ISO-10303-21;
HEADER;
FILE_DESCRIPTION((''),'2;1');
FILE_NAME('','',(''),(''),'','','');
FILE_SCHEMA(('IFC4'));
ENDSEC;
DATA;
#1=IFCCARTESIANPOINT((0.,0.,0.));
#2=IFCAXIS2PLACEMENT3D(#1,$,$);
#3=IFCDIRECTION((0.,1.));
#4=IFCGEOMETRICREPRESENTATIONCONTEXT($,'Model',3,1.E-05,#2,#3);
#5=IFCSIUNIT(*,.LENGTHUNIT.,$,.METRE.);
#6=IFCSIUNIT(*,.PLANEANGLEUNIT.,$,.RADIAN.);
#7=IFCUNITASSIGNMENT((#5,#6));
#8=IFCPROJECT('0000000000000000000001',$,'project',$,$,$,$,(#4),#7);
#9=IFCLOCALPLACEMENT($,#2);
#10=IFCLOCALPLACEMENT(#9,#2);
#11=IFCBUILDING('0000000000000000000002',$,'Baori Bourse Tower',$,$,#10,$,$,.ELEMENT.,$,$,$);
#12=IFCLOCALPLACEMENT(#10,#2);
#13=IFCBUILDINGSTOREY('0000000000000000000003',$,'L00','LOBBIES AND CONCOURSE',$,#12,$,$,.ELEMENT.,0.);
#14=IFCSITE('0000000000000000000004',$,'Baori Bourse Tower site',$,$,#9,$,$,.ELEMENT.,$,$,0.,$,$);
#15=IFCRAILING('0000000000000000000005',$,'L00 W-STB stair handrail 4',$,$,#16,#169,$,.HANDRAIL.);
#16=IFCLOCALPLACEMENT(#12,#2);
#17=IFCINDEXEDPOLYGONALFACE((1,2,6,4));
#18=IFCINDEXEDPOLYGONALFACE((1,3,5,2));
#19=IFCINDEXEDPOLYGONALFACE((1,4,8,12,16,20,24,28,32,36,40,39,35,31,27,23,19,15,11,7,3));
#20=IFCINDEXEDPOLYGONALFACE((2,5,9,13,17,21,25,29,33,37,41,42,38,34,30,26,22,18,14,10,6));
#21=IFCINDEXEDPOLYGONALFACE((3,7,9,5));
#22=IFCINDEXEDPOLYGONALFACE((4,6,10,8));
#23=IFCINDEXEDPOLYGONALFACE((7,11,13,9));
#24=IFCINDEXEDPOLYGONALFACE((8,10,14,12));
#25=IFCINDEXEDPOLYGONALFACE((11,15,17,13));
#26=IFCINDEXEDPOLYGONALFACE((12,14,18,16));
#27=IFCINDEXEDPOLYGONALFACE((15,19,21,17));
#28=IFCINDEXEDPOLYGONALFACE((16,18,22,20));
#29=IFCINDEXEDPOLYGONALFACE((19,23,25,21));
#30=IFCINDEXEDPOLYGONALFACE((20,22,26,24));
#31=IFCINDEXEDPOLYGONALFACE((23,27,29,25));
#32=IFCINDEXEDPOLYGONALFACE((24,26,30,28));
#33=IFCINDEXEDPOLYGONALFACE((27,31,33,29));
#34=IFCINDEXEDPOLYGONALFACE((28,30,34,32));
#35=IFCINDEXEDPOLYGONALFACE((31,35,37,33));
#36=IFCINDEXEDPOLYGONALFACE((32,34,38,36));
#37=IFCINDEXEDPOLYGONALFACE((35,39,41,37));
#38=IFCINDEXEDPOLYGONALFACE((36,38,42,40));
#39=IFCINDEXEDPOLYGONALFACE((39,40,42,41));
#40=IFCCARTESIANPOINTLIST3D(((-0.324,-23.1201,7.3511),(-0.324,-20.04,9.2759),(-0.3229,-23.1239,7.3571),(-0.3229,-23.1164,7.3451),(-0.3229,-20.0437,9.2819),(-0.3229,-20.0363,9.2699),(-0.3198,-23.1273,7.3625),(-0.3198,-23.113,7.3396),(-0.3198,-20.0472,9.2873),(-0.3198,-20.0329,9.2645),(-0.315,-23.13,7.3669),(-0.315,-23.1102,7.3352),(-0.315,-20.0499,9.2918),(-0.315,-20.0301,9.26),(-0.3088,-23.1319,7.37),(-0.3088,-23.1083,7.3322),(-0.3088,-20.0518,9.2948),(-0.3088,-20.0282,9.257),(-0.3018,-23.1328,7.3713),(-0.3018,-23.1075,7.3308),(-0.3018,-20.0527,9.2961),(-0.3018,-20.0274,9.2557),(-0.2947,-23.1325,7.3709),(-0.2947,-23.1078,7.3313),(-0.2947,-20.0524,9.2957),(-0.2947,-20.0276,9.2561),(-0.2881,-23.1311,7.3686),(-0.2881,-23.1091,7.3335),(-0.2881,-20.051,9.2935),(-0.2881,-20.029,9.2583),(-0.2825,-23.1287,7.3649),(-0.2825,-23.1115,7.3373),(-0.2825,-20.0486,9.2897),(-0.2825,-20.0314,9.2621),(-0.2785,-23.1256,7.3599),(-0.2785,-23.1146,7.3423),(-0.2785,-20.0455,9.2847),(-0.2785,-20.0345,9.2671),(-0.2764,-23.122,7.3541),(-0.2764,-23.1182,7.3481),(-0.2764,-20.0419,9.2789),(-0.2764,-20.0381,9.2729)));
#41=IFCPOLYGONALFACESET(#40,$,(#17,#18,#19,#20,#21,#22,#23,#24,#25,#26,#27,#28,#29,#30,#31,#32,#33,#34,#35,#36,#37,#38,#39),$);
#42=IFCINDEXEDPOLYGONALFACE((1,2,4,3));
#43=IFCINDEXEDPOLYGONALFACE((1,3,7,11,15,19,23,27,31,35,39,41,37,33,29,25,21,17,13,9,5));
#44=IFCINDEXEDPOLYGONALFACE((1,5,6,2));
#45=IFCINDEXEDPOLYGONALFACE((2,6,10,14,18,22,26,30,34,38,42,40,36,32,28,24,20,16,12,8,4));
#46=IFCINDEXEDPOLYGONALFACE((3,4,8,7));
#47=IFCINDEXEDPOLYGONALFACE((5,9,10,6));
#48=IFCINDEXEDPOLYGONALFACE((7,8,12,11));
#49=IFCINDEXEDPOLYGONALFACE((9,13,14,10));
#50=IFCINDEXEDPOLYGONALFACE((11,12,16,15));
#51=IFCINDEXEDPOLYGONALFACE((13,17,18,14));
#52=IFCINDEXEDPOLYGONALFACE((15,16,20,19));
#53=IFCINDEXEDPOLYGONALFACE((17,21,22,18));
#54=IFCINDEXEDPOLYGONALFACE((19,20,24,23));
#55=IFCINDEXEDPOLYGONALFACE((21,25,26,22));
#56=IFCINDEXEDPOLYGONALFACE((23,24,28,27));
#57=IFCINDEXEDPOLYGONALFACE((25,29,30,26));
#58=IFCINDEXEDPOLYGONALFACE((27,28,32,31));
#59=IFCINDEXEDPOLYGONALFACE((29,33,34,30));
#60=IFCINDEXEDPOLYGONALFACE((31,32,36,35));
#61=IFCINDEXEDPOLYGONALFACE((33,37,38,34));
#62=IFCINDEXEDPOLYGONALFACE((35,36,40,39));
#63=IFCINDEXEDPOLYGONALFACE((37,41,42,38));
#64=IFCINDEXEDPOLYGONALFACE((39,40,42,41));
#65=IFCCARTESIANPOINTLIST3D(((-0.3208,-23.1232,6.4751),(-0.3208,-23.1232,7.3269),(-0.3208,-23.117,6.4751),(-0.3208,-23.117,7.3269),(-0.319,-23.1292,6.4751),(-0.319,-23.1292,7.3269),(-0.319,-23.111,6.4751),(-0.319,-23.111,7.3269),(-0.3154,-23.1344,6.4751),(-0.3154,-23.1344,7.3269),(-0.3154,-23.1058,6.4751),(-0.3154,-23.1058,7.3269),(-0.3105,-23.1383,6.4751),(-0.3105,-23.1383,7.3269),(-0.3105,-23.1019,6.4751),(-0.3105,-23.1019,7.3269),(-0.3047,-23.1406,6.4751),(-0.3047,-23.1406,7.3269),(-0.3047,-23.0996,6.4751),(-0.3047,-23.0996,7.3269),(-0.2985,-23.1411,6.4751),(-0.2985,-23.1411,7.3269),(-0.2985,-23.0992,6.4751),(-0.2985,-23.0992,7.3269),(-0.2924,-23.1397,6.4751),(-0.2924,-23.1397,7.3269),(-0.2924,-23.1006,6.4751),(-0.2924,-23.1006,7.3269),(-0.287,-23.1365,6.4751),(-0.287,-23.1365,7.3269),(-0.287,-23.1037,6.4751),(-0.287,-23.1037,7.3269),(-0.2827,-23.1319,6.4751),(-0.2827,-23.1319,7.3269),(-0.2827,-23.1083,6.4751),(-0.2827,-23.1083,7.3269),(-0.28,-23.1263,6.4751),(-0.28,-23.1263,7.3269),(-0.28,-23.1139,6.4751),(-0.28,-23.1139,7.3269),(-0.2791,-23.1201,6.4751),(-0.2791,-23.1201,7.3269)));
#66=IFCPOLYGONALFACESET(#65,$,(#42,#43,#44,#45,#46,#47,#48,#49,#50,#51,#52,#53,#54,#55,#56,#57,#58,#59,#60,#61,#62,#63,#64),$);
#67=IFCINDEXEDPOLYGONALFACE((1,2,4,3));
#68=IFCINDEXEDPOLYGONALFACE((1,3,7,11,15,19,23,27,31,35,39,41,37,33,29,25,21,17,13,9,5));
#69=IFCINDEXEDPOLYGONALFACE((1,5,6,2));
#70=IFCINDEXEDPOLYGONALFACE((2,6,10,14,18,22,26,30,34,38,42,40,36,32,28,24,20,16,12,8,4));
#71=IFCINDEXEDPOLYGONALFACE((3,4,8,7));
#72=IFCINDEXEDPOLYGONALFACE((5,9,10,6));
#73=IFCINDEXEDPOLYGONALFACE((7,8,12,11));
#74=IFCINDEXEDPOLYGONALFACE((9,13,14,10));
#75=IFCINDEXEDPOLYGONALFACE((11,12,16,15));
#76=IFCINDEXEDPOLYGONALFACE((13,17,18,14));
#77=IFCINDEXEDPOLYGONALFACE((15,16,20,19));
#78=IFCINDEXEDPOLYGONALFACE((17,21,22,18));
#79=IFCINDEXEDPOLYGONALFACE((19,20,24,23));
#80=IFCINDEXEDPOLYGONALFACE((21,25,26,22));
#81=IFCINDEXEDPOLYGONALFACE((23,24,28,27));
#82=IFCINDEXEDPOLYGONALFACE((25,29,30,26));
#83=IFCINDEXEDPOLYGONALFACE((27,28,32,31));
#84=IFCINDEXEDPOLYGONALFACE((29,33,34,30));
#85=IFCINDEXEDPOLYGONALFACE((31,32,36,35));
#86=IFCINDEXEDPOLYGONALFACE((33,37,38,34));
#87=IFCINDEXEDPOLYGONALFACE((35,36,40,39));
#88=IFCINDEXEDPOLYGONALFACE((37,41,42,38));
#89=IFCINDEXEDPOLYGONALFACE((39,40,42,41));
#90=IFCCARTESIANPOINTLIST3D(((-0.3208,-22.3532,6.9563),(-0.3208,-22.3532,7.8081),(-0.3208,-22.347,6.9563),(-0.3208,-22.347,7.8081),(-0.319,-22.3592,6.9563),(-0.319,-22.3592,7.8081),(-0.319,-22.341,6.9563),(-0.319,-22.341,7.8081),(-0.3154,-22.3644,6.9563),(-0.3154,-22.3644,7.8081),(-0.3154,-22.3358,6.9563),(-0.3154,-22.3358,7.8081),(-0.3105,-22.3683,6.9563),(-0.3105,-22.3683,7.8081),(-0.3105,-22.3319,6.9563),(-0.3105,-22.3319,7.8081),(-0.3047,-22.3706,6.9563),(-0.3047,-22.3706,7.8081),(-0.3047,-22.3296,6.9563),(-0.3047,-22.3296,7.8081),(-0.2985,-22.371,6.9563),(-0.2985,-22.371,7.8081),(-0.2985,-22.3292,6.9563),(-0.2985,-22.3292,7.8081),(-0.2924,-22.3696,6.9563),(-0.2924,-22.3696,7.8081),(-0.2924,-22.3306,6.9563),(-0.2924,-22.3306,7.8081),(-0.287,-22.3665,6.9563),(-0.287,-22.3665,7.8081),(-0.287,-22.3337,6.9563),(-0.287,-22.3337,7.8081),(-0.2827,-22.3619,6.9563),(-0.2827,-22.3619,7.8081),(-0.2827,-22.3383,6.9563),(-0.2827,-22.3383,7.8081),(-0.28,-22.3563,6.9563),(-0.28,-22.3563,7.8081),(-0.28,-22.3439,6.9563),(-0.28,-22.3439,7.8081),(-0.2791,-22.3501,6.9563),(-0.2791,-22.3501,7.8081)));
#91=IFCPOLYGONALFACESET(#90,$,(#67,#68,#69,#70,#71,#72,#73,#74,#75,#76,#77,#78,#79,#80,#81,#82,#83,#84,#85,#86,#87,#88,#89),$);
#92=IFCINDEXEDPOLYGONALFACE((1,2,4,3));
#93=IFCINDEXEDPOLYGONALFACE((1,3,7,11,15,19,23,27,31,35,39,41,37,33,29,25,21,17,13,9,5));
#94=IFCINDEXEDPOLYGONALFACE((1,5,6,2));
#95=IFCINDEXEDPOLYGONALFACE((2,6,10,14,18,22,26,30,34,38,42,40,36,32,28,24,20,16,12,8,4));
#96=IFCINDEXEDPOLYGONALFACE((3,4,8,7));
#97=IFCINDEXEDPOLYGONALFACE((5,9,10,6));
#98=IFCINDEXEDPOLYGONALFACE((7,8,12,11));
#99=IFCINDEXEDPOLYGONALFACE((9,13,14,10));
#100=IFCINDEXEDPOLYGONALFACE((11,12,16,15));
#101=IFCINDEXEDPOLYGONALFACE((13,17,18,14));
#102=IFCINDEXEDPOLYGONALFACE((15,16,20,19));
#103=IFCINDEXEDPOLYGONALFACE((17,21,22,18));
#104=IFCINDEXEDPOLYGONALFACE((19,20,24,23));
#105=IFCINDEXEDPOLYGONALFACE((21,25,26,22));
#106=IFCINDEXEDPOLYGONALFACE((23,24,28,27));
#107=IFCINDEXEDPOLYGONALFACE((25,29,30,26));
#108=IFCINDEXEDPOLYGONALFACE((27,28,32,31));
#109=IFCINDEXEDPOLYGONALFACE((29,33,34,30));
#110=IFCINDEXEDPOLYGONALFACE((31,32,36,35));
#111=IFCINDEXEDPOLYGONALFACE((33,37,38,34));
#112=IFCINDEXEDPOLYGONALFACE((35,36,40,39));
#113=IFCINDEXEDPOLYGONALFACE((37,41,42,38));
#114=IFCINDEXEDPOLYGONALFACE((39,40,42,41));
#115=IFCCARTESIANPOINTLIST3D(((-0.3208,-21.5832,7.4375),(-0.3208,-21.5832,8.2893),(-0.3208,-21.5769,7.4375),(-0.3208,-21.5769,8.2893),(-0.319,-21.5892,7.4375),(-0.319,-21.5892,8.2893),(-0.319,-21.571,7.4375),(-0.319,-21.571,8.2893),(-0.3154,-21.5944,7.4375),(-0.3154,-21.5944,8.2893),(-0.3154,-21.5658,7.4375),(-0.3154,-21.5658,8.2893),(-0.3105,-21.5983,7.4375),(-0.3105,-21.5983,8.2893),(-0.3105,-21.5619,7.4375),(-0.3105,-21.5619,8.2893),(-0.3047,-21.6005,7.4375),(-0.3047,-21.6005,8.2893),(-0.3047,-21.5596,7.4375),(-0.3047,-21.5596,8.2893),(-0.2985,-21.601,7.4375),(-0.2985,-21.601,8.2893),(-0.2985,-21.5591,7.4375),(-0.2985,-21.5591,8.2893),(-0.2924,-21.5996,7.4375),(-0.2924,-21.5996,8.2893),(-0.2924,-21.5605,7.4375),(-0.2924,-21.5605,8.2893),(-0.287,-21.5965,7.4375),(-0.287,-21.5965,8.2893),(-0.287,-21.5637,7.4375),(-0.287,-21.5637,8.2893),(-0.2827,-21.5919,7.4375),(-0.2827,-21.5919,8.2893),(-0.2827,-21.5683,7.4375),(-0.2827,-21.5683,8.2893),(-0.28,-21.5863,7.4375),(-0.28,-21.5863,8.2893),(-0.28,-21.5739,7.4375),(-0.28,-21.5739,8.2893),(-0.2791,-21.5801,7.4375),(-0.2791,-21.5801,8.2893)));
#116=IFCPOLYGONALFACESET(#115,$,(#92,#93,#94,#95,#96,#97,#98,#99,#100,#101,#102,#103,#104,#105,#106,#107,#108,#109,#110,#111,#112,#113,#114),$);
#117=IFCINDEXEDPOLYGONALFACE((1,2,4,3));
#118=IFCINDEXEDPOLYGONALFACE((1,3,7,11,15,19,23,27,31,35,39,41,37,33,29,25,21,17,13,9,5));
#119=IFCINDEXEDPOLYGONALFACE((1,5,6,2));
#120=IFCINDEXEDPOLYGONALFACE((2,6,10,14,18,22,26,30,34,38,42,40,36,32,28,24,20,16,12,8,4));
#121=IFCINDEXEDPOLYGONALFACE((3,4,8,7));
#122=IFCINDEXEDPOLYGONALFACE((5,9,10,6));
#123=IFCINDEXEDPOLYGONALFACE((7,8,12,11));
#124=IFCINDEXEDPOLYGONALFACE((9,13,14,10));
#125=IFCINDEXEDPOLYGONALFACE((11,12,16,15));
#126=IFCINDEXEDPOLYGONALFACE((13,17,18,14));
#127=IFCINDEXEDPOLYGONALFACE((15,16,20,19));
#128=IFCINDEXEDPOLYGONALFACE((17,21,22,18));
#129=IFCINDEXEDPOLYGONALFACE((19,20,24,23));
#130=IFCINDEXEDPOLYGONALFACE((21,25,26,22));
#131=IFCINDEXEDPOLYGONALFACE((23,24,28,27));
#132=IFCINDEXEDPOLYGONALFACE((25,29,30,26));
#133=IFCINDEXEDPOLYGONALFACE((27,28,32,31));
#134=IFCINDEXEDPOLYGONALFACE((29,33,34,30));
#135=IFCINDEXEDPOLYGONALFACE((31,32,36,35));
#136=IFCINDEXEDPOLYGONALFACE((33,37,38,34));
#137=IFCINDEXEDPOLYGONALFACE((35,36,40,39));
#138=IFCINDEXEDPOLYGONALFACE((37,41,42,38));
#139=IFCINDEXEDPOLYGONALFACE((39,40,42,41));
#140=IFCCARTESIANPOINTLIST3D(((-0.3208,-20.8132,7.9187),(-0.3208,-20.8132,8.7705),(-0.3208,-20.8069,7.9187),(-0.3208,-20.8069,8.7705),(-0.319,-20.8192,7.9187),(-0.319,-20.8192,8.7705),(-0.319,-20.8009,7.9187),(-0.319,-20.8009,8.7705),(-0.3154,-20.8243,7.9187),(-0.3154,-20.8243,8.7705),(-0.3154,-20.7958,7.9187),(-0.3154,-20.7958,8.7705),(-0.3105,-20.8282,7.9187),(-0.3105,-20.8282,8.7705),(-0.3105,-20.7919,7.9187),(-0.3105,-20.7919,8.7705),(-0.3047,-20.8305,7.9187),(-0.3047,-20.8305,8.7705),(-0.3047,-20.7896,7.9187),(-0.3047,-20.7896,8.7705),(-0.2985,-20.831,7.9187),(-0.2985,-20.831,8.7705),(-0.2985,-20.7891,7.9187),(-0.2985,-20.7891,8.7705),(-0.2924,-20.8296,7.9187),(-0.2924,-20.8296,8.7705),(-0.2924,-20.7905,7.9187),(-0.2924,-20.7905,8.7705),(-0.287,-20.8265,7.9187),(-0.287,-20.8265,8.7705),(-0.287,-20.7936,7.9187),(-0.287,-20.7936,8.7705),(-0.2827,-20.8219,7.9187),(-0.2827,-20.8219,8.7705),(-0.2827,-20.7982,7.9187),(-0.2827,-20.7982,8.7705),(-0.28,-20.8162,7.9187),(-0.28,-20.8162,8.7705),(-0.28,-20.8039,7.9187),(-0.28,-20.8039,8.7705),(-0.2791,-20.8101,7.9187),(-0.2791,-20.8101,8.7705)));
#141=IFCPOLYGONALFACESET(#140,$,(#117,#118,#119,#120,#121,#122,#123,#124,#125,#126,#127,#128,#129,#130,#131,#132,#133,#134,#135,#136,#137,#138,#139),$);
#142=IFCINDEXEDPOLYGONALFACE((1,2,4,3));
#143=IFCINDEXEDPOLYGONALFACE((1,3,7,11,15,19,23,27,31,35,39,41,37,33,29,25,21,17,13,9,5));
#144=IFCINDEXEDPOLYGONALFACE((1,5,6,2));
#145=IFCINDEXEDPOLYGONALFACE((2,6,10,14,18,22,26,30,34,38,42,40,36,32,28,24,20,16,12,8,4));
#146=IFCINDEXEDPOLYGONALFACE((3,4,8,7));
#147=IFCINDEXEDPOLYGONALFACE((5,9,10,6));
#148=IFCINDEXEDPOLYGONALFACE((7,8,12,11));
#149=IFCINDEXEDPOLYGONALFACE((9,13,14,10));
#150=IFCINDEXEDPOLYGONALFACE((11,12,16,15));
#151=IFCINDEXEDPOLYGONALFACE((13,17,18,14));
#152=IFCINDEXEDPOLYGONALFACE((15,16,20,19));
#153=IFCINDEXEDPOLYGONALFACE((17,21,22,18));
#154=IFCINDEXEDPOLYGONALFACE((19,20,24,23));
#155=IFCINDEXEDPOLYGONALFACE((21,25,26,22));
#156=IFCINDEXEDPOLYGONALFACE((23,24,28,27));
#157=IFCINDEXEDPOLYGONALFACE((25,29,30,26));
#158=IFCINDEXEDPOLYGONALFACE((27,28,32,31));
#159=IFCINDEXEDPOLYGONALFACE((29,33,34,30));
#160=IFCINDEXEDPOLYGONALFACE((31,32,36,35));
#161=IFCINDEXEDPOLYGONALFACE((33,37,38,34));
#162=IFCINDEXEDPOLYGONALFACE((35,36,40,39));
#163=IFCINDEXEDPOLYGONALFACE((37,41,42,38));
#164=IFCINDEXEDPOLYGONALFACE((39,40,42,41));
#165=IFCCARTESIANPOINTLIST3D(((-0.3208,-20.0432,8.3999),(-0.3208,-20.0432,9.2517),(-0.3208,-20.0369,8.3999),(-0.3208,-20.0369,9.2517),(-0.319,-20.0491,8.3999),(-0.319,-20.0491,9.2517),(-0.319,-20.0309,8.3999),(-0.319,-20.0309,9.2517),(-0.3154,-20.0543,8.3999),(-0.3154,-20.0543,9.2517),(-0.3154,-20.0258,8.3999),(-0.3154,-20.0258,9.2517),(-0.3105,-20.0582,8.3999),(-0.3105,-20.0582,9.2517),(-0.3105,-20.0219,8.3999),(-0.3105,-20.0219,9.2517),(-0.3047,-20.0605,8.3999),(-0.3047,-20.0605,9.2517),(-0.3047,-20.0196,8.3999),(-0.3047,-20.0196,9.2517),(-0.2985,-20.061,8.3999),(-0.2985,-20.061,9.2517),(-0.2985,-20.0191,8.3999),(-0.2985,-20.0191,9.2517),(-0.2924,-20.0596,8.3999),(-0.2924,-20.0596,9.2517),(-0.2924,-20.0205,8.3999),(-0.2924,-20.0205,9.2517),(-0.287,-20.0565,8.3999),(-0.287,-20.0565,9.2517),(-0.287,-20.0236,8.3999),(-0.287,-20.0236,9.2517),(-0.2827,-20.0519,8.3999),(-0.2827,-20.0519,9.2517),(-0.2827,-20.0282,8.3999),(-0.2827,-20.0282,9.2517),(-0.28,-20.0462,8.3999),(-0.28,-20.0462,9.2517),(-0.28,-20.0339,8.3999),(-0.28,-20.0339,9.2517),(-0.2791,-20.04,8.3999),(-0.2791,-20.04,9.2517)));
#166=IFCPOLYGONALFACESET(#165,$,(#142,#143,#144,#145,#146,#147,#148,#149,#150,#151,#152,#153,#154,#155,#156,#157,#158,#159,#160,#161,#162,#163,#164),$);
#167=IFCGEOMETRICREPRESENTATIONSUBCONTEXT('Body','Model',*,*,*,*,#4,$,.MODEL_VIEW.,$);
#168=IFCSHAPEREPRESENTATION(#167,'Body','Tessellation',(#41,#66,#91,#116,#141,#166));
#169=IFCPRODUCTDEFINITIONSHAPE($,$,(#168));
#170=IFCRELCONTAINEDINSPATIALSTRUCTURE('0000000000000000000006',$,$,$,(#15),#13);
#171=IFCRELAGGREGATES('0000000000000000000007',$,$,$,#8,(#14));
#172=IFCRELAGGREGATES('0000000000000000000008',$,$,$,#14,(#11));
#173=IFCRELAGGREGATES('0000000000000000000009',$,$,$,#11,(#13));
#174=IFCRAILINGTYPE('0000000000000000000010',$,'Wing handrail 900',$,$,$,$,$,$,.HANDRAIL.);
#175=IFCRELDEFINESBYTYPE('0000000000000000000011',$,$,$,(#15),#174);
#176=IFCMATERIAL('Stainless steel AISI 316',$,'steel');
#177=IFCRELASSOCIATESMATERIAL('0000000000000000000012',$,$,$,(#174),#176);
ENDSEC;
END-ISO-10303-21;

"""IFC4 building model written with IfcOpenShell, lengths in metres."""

from ifc_helpers import new_model, si_unit, direction, frame, origin, origin_2d, place, context, subcontext, project, spatial, circle, extrude, material, type_object, element, save


model = new_model("IFC4")

# Units and contexts
model_context = context("Model", 3, precision=1e-05, world=origin(), true_north=direction((0.0, 1.0)))
body_context = subcontext(model_context, "Body", "Model", "MODEL_VIEW")
ifc_project = project(units=[si_unit("LENGTHUNIT", "METRE"), si_unit("PLANEANGLEUNIT", "RADIAN")], contexts=[model_context])

# Site, building, storey
site_placement = place(None, origin())
site = spatial("IfcSite", under=ifc_project, at=site_placement, Name="Baori Bourse Tower site", CompositionType="ELEMENT", RefElevation=0.0)
building_placement = place(site_placement, origin())
building = spatial("IfcBuilding", under=site, at=building_placement, Name="Baori Bourse Tower", CompositionType="ELEMENT")
storey_placement = place(building_placement, origin())
storey = spatial("IfcBuildingStorey", under=building, at=storey_placement, Name="L00", Description="LOBBIES AND CONCOURSE", CompositionType="ELEMENT", Elevation=0.0)

# Railing
ifc_material_1 = material(Name="Stainless steel AISI 316", Category="steel")
railing_type_1 = type_object("IfcRailingType", Name="Wing handrail 900", PredefinedType="HANDRAIL", material=ifc_material_1)
railing_1_placement = place(storey_placement, frame((-0.3, -23.1201, 6.4751)))
element("IfcRailing", 1, at=railing_1_placement, inside=storey, type_object=railing_type_1, Name="L00 W-STB stair handrail 4", PredefinedType="HANDRAIL", context=body_context, shape_type="SweptSolid", body=[
    extrude(circle(Radius=0.0239, at=origin_2d()), frame((0.0, 0.0, 0.876), z_axis=(0.0, 0.848029, 0.529951), x_axis=(-1.0, 0.0, 0.0)), (0.0, 0.0, 1.0), 3.6321),
    extrude(circle(Radius=0.021, at=origin_2d()), origin(), (0.0, 0.0, 1.0), 0.8518),
    extrude(circle(Radius=0.021, at=origin_2d()), frame((0.0, 0.77, 0.4812)), (0.0, 0.0, 1.0), 0.8518),
    extrude(circle(Radius=0.021, at=origin_2d()), frame((0.0, 1.54, 0.9624)), (0.0, 0.0, 1.0), 0.8518),
    extrude(circle(Radius=0.021, at=origin_2d()), frame((0.0, 2.3101, 1.4436)), (0.0, 0.0, 1.0), 0.8518),
    extrude(circle(Radius=0.021, at=origin_2d()), frame((0.0, 3.0801, 1.9248)), (0.0, 0.0, 1.0), 0.8518),
])

save(model, "model.ifc")
